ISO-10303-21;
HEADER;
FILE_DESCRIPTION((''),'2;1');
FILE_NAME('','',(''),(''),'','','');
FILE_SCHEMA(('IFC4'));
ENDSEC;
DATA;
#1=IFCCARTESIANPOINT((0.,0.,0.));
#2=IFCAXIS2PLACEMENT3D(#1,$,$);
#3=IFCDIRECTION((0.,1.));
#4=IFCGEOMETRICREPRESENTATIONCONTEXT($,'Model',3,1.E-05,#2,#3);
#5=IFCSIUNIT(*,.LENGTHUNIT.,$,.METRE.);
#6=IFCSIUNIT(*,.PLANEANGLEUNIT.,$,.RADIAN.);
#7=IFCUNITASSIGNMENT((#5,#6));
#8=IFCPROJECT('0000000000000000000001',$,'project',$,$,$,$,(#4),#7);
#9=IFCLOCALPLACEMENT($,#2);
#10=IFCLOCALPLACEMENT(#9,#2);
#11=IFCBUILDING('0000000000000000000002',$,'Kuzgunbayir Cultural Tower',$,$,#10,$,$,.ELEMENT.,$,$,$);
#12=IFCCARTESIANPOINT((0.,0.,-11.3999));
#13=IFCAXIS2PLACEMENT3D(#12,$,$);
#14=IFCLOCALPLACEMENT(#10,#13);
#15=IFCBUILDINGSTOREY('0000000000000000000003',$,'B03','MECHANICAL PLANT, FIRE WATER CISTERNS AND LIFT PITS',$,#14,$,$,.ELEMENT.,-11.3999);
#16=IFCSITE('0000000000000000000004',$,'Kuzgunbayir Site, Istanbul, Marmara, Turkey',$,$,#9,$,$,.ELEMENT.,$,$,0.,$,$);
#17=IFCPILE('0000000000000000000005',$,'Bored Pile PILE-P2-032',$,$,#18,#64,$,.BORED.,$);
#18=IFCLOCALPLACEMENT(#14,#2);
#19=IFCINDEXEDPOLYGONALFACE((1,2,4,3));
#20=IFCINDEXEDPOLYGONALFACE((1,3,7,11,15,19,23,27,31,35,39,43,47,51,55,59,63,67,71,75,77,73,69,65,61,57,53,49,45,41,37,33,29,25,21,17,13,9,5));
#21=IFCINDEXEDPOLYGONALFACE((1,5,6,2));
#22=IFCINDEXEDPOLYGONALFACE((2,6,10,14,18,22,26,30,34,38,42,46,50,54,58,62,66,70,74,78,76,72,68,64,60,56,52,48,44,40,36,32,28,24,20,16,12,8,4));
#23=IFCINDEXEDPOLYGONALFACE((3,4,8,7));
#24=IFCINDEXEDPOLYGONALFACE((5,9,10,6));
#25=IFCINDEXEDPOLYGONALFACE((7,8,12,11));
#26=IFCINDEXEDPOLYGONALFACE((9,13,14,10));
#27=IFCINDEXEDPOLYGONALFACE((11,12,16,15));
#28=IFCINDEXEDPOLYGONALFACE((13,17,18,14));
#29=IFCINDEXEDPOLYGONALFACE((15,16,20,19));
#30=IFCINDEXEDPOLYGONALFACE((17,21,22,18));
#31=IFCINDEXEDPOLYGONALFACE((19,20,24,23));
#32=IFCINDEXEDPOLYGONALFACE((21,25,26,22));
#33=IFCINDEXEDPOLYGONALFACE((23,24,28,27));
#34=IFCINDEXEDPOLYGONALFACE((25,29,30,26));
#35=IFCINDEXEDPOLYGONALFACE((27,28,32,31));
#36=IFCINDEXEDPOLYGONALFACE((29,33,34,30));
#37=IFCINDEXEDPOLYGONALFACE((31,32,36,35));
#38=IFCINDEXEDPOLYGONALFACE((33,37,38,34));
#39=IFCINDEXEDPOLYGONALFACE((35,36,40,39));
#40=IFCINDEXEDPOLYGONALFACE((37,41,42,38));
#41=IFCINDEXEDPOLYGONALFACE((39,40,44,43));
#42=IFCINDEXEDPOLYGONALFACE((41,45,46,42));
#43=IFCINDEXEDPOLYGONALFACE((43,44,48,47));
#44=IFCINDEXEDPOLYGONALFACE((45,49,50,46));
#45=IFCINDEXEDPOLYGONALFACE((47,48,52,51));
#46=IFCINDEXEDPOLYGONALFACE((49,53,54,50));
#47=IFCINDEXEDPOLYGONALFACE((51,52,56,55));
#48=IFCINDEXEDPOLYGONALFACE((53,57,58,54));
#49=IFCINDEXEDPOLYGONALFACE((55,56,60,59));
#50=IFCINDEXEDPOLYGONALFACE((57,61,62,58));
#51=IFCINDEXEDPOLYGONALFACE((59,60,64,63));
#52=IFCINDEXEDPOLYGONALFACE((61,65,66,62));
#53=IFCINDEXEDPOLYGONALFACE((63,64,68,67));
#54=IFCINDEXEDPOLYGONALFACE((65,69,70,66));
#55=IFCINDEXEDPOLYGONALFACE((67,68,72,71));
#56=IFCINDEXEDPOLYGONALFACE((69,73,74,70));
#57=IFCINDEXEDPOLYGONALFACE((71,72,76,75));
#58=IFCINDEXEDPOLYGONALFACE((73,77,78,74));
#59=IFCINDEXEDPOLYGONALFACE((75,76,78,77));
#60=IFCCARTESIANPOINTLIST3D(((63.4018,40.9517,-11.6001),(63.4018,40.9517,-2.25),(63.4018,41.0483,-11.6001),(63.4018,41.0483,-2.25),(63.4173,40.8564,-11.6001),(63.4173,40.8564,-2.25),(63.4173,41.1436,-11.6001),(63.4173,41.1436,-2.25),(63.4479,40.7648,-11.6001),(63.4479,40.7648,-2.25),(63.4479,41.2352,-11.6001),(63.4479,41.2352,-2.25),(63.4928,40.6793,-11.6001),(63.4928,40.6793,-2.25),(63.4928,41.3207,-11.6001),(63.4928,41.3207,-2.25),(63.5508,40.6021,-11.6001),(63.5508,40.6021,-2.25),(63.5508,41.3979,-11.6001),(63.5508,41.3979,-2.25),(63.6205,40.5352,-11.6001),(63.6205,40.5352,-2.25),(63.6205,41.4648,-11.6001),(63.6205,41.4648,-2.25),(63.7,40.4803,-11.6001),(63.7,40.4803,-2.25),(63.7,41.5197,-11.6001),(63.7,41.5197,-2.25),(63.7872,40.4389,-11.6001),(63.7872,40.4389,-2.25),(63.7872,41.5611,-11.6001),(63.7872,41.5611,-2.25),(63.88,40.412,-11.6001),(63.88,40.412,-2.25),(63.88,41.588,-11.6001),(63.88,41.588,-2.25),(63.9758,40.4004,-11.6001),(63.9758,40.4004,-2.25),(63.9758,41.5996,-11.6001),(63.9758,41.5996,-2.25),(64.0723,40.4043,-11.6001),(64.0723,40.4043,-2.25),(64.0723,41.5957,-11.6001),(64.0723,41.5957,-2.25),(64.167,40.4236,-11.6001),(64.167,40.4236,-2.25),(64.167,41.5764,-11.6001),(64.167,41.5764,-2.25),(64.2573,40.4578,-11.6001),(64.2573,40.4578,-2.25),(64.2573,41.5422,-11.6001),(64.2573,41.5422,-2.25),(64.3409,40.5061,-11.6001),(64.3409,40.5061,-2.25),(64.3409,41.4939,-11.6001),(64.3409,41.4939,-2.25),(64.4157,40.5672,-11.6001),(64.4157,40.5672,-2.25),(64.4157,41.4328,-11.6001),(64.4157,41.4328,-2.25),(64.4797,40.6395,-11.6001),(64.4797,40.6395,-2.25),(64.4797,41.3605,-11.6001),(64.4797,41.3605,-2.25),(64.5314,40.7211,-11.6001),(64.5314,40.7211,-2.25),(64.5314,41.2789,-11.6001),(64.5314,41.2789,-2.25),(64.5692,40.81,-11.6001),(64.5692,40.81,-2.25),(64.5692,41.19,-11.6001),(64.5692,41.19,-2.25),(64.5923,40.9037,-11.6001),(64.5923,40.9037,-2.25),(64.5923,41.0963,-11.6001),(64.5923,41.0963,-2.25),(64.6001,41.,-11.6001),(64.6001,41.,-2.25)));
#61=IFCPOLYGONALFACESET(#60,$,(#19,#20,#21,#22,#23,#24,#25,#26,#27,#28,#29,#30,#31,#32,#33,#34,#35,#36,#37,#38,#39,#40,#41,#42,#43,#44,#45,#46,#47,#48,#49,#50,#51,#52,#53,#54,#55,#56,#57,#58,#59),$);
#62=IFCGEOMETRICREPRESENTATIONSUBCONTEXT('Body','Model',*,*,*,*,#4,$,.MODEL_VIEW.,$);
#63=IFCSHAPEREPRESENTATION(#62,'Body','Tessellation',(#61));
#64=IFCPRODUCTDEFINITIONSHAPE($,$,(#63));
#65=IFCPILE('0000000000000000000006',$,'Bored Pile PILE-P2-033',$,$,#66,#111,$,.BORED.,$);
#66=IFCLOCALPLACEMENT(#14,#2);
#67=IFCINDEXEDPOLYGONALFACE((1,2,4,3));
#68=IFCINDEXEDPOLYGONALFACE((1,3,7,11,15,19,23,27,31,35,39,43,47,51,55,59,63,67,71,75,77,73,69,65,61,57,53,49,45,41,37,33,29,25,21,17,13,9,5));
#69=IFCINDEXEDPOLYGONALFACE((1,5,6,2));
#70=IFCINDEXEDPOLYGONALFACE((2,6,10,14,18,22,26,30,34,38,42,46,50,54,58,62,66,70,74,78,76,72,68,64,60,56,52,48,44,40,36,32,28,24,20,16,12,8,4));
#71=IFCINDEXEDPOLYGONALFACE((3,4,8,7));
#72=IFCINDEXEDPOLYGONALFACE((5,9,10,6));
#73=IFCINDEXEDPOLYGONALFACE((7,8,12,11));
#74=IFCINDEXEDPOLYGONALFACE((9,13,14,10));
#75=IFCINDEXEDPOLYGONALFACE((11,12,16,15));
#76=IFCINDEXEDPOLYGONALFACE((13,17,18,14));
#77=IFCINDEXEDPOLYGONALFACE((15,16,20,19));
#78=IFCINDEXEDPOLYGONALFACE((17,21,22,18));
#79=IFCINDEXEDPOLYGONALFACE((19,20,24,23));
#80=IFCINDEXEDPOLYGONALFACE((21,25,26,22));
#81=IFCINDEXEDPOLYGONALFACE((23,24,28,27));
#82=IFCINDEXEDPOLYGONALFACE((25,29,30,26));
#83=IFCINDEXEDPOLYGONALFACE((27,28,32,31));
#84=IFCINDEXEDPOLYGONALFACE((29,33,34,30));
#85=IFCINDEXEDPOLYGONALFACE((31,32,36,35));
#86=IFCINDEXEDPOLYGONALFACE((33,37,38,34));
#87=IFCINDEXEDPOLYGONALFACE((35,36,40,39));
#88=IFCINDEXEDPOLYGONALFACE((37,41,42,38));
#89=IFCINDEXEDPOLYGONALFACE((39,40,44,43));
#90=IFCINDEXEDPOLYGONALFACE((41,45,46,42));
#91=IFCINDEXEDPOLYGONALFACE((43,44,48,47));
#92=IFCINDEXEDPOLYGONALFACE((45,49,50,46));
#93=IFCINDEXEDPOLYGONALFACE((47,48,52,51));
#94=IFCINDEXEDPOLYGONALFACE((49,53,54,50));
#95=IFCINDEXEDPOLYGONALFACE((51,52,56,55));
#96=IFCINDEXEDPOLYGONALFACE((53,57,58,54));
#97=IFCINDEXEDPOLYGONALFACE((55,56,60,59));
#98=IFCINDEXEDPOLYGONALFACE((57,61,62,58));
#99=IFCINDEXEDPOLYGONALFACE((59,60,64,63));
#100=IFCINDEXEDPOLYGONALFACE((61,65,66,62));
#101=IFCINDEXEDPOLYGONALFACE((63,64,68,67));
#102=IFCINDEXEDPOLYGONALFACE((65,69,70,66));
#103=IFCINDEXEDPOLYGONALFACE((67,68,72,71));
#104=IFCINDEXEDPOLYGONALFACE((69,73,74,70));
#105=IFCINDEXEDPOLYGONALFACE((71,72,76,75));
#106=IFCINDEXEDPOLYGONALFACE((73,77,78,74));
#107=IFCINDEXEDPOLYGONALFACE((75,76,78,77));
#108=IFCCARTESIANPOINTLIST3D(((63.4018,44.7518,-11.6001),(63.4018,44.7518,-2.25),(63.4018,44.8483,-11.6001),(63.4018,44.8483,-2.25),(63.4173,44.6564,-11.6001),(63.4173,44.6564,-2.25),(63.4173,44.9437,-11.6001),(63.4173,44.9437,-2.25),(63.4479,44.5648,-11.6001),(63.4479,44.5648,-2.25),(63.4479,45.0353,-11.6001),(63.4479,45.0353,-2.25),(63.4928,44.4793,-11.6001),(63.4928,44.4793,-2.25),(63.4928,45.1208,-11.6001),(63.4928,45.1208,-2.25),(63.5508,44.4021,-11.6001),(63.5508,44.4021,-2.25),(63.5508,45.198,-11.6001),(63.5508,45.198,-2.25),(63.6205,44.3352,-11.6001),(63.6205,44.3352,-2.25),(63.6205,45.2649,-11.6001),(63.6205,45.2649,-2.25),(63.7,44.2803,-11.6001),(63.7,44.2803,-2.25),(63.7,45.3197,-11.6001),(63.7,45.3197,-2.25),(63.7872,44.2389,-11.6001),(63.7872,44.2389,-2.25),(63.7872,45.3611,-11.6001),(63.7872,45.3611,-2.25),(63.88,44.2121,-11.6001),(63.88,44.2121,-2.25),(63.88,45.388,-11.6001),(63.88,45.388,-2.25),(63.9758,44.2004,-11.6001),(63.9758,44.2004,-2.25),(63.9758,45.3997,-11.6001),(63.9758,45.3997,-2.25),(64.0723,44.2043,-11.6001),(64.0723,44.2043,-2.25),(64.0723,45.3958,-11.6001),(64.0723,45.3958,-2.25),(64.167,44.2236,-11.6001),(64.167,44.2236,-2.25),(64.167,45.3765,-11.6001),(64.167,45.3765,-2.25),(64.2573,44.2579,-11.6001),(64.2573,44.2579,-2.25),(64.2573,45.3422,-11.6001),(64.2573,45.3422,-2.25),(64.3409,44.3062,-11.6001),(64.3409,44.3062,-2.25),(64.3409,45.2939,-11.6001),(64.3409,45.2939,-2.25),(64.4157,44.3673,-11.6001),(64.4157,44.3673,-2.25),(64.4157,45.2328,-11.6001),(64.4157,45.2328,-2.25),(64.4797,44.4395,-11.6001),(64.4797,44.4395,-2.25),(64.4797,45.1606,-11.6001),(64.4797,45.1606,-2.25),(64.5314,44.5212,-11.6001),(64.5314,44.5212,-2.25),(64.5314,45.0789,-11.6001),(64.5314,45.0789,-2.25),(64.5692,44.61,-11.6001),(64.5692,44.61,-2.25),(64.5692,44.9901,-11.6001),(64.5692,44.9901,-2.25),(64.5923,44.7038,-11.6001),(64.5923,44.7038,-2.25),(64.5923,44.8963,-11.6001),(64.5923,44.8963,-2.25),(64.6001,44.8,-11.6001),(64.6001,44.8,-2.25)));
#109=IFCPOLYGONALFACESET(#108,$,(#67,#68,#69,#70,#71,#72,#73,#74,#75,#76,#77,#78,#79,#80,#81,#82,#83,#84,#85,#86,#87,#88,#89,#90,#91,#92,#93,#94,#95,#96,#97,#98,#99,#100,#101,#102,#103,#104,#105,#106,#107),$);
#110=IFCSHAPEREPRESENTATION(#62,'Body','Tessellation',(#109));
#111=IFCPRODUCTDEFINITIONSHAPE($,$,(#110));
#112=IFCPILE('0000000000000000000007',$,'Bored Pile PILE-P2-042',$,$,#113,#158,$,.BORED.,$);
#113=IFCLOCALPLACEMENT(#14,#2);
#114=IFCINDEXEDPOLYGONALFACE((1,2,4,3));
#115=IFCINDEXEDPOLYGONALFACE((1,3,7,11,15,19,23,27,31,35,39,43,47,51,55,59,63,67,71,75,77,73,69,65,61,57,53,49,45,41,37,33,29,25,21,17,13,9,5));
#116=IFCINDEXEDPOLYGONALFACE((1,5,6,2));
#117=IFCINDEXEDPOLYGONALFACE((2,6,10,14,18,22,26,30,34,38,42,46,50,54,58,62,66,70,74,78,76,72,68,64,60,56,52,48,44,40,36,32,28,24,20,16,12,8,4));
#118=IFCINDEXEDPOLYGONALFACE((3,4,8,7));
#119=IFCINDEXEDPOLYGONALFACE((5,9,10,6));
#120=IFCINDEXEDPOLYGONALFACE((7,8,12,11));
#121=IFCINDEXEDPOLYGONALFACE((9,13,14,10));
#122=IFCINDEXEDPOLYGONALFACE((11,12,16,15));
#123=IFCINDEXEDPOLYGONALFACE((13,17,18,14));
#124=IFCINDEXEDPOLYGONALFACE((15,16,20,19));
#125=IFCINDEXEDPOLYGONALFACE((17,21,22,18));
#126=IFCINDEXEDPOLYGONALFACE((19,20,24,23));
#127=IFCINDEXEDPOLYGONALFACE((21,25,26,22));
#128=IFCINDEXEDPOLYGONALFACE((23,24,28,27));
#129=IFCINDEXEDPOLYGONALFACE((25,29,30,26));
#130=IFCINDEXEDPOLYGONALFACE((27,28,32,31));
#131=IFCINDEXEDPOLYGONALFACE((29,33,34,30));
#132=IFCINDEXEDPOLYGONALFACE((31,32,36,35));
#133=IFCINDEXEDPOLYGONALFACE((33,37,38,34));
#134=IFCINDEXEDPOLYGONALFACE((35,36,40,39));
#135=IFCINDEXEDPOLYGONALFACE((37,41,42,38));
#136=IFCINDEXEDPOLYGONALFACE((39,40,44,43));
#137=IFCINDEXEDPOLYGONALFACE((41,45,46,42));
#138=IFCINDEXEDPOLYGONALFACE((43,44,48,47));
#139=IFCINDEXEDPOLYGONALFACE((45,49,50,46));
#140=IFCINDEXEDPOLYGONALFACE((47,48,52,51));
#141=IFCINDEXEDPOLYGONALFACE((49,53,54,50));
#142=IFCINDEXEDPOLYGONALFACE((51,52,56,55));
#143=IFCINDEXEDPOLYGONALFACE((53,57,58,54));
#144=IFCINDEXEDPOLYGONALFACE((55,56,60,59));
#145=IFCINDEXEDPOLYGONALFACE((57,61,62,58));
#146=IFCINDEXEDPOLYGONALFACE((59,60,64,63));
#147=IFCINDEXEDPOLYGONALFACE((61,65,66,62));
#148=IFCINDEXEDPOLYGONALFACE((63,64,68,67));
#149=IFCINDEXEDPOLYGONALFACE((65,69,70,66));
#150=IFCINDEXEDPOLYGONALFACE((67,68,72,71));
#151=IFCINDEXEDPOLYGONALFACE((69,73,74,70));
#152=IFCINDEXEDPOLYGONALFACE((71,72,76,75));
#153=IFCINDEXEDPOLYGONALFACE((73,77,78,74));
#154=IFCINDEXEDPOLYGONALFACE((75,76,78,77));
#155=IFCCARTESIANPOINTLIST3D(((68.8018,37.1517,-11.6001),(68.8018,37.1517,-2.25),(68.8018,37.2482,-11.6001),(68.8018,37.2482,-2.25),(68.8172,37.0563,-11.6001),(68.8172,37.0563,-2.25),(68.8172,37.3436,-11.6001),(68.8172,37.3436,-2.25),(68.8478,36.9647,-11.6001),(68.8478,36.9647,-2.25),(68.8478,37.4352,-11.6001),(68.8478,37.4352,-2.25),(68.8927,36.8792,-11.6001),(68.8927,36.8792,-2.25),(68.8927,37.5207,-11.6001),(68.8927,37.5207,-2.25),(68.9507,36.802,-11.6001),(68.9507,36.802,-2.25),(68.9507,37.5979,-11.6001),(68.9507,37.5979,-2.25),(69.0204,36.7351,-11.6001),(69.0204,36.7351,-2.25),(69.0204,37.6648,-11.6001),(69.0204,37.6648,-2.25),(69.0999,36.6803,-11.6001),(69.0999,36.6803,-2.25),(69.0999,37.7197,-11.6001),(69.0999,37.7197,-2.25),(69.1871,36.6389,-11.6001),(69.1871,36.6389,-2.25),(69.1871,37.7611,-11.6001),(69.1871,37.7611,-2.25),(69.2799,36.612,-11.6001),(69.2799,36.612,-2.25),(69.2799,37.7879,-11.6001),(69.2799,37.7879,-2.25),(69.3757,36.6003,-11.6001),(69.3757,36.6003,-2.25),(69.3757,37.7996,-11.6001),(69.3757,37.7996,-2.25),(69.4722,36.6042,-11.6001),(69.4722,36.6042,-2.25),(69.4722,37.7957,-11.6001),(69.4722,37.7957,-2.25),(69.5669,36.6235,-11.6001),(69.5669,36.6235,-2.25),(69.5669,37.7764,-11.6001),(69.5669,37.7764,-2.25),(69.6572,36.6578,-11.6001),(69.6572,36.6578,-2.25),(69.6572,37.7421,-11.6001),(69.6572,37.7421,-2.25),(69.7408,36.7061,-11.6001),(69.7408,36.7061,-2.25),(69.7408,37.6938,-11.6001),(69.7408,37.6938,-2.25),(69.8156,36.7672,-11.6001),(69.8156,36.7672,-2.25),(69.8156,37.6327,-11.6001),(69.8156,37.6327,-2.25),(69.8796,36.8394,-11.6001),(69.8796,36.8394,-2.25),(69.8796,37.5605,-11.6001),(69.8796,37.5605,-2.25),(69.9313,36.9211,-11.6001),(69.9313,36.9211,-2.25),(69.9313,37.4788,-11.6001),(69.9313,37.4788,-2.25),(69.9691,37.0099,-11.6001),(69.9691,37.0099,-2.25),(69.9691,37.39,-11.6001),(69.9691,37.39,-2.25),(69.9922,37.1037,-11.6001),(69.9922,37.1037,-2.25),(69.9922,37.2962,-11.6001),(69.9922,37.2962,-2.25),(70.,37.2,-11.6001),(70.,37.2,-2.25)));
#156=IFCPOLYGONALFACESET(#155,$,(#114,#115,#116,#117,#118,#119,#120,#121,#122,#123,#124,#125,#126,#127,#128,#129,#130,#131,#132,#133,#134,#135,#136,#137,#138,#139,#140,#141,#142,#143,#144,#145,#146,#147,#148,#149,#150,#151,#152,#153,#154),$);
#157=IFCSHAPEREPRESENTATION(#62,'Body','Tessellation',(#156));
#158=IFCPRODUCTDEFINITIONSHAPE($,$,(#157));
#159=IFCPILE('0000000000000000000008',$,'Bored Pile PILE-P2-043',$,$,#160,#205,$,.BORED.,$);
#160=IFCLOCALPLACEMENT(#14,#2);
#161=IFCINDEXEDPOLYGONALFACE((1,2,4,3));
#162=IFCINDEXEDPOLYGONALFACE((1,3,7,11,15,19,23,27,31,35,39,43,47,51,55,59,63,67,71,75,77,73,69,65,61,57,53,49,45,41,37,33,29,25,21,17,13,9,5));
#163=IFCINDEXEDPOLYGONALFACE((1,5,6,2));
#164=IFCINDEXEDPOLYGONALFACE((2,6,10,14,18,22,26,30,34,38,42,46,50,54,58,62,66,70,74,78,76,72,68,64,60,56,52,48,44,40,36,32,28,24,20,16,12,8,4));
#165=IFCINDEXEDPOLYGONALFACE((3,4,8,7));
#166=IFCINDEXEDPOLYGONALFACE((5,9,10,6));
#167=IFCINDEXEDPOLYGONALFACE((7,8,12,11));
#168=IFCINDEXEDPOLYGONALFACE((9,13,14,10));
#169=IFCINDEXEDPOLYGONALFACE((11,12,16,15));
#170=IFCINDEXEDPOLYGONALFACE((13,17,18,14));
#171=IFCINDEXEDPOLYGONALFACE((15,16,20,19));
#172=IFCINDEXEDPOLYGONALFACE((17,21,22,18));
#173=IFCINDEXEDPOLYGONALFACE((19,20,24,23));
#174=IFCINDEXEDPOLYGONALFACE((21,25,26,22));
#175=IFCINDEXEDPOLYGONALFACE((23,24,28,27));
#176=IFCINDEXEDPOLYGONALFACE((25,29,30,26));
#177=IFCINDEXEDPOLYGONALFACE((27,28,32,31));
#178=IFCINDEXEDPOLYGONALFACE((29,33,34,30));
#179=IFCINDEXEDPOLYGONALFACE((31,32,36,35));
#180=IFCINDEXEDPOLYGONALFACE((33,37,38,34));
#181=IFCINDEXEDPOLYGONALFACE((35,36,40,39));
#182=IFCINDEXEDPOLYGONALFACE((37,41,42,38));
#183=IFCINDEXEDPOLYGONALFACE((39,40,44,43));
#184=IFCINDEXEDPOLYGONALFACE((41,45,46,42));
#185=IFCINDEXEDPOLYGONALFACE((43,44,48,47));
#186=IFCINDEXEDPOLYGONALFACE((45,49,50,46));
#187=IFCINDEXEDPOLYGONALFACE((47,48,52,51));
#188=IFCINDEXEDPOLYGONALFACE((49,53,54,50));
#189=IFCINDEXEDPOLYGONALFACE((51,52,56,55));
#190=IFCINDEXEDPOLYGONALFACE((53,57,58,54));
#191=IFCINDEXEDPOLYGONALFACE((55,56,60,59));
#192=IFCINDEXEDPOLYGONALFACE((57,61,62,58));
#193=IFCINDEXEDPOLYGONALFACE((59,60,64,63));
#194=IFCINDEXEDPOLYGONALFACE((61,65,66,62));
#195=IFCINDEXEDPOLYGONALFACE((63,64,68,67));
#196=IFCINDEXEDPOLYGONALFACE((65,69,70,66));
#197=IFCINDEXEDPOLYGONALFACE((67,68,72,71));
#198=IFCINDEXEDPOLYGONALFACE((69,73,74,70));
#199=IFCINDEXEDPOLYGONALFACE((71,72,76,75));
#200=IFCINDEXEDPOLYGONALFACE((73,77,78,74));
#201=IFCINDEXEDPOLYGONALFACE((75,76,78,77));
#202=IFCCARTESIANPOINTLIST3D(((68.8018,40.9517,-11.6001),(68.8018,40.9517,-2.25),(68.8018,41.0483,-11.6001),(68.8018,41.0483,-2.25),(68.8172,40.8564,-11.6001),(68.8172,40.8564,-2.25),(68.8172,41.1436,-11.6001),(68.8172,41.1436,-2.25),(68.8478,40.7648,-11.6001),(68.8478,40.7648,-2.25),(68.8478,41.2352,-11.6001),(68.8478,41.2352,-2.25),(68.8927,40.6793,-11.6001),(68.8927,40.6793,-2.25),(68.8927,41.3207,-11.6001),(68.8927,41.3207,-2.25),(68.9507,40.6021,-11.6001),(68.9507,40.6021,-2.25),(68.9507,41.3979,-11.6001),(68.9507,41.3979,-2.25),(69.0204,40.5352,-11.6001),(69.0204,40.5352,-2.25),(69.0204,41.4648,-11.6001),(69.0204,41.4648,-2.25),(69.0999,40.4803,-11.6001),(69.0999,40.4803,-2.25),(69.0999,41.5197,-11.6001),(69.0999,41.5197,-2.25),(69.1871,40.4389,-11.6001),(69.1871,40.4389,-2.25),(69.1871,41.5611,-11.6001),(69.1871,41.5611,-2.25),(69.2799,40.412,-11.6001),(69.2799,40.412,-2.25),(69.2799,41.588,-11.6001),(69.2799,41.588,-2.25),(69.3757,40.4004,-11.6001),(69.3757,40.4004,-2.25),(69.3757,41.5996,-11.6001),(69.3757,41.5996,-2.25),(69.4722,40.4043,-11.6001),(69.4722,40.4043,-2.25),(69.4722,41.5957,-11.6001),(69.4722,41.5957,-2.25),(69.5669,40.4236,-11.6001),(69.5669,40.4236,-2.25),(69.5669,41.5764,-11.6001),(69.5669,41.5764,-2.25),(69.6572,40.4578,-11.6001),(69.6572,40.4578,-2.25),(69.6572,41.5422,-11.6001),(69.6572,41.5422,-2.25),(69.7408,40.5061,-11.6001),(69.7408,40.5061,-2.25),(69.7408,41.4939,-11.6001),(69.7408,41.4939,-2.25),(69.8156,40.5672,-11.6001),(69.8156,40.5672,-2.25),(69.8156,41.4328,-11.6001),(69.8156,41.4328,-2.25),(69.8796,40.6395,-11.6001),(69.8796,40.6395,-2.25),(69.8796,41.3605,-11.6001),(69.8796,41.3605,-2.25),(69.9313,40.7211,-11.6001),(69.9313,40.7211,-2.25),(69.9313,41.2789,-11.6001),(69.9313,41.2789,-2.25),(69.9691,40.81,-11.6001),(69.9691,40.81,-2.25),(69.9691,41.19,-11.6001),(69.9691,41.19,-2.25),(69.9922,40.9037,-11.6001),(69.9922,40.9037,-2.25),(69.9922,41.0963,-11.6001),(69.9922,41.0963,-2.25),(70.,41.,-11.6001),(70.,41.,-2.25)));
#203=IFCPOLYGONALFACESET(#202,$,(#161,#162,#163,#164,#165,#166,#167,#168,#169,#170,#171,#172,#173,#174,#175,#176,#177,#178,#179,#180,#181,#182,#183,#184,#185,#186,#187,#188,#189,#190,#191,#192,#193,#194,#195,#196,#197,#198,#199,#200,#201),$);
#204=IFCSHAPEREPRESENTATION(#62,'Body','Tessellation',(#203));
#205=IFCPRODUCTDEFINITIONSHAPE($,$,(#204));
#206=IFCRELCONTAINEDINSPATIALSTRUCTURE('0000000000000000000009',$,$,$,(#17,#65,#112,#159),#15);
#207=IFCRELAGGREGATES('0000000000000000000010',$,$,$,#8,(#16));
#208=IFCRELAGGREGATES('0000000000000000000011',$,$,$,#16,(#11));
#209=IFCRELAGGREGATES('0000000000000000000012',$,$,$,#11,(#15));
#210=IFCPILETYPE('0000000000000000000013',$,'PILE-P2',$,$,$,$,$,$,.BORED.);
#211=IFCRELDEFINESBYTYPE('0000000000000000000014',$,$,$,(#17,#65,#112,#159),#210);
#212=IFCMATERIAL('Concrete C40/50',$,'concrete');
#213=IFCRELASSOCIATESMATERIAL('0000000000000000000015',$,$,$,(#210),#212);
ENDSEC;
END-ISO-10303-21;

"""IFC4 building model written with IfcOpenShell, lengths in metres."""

from ifc_helpers import new_model, si_unit, direction, frame, origin, origin_2d, place, context, subcontext, project, spatial, circle, extrude, material, material_profile, profile_set, type_object, element, save


model = new_model("IFC4")

# Units and contexts
model_context = context("Model", 3, precision=1e-05, world=origin(), true_north=direction((0.0, 1.0)))
body_context = subcontext(model_context, "Body", "Model", "MODEL_VIEW")
ifc_project = project(units=[si_unit("LENGTHUNIT", "METRE"), si_unit("PLANEANGLEUNIT", "RADIAN")], contexts=[model_context])

# Site, building, storey
site_placement = place(None, origin())
site = spatial("IfcSite", under=ifc_project, at=site_placement, Name="Kuzgunbayir Site, Istanbul, Marmara, Turkey", CompositionType="ELEMENT", RefElevation=0.0)
building_placement = place(site_placement, origin())
building = spatial("IfcBuilding", under=site, at=building_placement, Name="Kuzgunbayir Cultural Tower", CompositionType="ELEMENT")
storey_placement = place(building_placement, frame((0.0, 0.0, -11.3999)))
storey = spatial("IfcBuildingStorey", under=building, at=storey_placement, Name="B03", Description="MECHANICAL PLANT, FIRE WATER CISTERNS AND LIFT PITS", CompositionType="ELEMENT", Elevation=-11.3999)

# Piles
ifc_material_1 = material(Name="Concrete C40/50", Category="concrete")
ifc_material_profile_1 = material_profile(ifc_material_1, circle(Radius=0.6001, at=origin_2d()), Name="BORED PILE 1200")
ifc_profile_set_1 = profile_set([ifc_material_profile_1], Name="Concrete C40/50")
pile_type_1 = type_object("IfcPileType", Name="PILE-P2", PredefinedType="BORED", material=ifc_profile_set_1)
for number, where, z_axis, x_axis, name in (
    (1, (64.0, 41.0, -2.25), (0.0, 0.0, -1.0), (1.0, 0.0, 0.0), "Bored Pile PILE-P2-032"),
    (2, (64.0, 44.8, -2.25), (0.0, 0.0, -1.0), (1.0, 0.0, 0.0), "Bored Pile PILE-P2-033"),
    (3, (69.3999, 37.2, -2.25), (0.0, 0.0, -1.0), (1.0, 0.0, 0.0), "Bored Pile PILE-P2-042"),
    (4, (69.3999, 41.0, -2.25), (0.0, 0.0, -1.0), (1.0, 0.0, 0.0), "Bored Pile PILE-P2-043"),
):
    element("IfcPile", number, at=place(storey_placement, frame(where, z_axis=z_axis, x_axis=x_axis)), inside=storey, type_object=pile_type_1, Name=name, PredefinedType="BORED", context=body_context, shape_type="SweptSolid", body=[
        extrude(circle(Radius=0.6001, at=origin_2d()), origin(), (0.0, 0.0, 1.0), 9.3501),
    ])

save(model, "model.ifc")
